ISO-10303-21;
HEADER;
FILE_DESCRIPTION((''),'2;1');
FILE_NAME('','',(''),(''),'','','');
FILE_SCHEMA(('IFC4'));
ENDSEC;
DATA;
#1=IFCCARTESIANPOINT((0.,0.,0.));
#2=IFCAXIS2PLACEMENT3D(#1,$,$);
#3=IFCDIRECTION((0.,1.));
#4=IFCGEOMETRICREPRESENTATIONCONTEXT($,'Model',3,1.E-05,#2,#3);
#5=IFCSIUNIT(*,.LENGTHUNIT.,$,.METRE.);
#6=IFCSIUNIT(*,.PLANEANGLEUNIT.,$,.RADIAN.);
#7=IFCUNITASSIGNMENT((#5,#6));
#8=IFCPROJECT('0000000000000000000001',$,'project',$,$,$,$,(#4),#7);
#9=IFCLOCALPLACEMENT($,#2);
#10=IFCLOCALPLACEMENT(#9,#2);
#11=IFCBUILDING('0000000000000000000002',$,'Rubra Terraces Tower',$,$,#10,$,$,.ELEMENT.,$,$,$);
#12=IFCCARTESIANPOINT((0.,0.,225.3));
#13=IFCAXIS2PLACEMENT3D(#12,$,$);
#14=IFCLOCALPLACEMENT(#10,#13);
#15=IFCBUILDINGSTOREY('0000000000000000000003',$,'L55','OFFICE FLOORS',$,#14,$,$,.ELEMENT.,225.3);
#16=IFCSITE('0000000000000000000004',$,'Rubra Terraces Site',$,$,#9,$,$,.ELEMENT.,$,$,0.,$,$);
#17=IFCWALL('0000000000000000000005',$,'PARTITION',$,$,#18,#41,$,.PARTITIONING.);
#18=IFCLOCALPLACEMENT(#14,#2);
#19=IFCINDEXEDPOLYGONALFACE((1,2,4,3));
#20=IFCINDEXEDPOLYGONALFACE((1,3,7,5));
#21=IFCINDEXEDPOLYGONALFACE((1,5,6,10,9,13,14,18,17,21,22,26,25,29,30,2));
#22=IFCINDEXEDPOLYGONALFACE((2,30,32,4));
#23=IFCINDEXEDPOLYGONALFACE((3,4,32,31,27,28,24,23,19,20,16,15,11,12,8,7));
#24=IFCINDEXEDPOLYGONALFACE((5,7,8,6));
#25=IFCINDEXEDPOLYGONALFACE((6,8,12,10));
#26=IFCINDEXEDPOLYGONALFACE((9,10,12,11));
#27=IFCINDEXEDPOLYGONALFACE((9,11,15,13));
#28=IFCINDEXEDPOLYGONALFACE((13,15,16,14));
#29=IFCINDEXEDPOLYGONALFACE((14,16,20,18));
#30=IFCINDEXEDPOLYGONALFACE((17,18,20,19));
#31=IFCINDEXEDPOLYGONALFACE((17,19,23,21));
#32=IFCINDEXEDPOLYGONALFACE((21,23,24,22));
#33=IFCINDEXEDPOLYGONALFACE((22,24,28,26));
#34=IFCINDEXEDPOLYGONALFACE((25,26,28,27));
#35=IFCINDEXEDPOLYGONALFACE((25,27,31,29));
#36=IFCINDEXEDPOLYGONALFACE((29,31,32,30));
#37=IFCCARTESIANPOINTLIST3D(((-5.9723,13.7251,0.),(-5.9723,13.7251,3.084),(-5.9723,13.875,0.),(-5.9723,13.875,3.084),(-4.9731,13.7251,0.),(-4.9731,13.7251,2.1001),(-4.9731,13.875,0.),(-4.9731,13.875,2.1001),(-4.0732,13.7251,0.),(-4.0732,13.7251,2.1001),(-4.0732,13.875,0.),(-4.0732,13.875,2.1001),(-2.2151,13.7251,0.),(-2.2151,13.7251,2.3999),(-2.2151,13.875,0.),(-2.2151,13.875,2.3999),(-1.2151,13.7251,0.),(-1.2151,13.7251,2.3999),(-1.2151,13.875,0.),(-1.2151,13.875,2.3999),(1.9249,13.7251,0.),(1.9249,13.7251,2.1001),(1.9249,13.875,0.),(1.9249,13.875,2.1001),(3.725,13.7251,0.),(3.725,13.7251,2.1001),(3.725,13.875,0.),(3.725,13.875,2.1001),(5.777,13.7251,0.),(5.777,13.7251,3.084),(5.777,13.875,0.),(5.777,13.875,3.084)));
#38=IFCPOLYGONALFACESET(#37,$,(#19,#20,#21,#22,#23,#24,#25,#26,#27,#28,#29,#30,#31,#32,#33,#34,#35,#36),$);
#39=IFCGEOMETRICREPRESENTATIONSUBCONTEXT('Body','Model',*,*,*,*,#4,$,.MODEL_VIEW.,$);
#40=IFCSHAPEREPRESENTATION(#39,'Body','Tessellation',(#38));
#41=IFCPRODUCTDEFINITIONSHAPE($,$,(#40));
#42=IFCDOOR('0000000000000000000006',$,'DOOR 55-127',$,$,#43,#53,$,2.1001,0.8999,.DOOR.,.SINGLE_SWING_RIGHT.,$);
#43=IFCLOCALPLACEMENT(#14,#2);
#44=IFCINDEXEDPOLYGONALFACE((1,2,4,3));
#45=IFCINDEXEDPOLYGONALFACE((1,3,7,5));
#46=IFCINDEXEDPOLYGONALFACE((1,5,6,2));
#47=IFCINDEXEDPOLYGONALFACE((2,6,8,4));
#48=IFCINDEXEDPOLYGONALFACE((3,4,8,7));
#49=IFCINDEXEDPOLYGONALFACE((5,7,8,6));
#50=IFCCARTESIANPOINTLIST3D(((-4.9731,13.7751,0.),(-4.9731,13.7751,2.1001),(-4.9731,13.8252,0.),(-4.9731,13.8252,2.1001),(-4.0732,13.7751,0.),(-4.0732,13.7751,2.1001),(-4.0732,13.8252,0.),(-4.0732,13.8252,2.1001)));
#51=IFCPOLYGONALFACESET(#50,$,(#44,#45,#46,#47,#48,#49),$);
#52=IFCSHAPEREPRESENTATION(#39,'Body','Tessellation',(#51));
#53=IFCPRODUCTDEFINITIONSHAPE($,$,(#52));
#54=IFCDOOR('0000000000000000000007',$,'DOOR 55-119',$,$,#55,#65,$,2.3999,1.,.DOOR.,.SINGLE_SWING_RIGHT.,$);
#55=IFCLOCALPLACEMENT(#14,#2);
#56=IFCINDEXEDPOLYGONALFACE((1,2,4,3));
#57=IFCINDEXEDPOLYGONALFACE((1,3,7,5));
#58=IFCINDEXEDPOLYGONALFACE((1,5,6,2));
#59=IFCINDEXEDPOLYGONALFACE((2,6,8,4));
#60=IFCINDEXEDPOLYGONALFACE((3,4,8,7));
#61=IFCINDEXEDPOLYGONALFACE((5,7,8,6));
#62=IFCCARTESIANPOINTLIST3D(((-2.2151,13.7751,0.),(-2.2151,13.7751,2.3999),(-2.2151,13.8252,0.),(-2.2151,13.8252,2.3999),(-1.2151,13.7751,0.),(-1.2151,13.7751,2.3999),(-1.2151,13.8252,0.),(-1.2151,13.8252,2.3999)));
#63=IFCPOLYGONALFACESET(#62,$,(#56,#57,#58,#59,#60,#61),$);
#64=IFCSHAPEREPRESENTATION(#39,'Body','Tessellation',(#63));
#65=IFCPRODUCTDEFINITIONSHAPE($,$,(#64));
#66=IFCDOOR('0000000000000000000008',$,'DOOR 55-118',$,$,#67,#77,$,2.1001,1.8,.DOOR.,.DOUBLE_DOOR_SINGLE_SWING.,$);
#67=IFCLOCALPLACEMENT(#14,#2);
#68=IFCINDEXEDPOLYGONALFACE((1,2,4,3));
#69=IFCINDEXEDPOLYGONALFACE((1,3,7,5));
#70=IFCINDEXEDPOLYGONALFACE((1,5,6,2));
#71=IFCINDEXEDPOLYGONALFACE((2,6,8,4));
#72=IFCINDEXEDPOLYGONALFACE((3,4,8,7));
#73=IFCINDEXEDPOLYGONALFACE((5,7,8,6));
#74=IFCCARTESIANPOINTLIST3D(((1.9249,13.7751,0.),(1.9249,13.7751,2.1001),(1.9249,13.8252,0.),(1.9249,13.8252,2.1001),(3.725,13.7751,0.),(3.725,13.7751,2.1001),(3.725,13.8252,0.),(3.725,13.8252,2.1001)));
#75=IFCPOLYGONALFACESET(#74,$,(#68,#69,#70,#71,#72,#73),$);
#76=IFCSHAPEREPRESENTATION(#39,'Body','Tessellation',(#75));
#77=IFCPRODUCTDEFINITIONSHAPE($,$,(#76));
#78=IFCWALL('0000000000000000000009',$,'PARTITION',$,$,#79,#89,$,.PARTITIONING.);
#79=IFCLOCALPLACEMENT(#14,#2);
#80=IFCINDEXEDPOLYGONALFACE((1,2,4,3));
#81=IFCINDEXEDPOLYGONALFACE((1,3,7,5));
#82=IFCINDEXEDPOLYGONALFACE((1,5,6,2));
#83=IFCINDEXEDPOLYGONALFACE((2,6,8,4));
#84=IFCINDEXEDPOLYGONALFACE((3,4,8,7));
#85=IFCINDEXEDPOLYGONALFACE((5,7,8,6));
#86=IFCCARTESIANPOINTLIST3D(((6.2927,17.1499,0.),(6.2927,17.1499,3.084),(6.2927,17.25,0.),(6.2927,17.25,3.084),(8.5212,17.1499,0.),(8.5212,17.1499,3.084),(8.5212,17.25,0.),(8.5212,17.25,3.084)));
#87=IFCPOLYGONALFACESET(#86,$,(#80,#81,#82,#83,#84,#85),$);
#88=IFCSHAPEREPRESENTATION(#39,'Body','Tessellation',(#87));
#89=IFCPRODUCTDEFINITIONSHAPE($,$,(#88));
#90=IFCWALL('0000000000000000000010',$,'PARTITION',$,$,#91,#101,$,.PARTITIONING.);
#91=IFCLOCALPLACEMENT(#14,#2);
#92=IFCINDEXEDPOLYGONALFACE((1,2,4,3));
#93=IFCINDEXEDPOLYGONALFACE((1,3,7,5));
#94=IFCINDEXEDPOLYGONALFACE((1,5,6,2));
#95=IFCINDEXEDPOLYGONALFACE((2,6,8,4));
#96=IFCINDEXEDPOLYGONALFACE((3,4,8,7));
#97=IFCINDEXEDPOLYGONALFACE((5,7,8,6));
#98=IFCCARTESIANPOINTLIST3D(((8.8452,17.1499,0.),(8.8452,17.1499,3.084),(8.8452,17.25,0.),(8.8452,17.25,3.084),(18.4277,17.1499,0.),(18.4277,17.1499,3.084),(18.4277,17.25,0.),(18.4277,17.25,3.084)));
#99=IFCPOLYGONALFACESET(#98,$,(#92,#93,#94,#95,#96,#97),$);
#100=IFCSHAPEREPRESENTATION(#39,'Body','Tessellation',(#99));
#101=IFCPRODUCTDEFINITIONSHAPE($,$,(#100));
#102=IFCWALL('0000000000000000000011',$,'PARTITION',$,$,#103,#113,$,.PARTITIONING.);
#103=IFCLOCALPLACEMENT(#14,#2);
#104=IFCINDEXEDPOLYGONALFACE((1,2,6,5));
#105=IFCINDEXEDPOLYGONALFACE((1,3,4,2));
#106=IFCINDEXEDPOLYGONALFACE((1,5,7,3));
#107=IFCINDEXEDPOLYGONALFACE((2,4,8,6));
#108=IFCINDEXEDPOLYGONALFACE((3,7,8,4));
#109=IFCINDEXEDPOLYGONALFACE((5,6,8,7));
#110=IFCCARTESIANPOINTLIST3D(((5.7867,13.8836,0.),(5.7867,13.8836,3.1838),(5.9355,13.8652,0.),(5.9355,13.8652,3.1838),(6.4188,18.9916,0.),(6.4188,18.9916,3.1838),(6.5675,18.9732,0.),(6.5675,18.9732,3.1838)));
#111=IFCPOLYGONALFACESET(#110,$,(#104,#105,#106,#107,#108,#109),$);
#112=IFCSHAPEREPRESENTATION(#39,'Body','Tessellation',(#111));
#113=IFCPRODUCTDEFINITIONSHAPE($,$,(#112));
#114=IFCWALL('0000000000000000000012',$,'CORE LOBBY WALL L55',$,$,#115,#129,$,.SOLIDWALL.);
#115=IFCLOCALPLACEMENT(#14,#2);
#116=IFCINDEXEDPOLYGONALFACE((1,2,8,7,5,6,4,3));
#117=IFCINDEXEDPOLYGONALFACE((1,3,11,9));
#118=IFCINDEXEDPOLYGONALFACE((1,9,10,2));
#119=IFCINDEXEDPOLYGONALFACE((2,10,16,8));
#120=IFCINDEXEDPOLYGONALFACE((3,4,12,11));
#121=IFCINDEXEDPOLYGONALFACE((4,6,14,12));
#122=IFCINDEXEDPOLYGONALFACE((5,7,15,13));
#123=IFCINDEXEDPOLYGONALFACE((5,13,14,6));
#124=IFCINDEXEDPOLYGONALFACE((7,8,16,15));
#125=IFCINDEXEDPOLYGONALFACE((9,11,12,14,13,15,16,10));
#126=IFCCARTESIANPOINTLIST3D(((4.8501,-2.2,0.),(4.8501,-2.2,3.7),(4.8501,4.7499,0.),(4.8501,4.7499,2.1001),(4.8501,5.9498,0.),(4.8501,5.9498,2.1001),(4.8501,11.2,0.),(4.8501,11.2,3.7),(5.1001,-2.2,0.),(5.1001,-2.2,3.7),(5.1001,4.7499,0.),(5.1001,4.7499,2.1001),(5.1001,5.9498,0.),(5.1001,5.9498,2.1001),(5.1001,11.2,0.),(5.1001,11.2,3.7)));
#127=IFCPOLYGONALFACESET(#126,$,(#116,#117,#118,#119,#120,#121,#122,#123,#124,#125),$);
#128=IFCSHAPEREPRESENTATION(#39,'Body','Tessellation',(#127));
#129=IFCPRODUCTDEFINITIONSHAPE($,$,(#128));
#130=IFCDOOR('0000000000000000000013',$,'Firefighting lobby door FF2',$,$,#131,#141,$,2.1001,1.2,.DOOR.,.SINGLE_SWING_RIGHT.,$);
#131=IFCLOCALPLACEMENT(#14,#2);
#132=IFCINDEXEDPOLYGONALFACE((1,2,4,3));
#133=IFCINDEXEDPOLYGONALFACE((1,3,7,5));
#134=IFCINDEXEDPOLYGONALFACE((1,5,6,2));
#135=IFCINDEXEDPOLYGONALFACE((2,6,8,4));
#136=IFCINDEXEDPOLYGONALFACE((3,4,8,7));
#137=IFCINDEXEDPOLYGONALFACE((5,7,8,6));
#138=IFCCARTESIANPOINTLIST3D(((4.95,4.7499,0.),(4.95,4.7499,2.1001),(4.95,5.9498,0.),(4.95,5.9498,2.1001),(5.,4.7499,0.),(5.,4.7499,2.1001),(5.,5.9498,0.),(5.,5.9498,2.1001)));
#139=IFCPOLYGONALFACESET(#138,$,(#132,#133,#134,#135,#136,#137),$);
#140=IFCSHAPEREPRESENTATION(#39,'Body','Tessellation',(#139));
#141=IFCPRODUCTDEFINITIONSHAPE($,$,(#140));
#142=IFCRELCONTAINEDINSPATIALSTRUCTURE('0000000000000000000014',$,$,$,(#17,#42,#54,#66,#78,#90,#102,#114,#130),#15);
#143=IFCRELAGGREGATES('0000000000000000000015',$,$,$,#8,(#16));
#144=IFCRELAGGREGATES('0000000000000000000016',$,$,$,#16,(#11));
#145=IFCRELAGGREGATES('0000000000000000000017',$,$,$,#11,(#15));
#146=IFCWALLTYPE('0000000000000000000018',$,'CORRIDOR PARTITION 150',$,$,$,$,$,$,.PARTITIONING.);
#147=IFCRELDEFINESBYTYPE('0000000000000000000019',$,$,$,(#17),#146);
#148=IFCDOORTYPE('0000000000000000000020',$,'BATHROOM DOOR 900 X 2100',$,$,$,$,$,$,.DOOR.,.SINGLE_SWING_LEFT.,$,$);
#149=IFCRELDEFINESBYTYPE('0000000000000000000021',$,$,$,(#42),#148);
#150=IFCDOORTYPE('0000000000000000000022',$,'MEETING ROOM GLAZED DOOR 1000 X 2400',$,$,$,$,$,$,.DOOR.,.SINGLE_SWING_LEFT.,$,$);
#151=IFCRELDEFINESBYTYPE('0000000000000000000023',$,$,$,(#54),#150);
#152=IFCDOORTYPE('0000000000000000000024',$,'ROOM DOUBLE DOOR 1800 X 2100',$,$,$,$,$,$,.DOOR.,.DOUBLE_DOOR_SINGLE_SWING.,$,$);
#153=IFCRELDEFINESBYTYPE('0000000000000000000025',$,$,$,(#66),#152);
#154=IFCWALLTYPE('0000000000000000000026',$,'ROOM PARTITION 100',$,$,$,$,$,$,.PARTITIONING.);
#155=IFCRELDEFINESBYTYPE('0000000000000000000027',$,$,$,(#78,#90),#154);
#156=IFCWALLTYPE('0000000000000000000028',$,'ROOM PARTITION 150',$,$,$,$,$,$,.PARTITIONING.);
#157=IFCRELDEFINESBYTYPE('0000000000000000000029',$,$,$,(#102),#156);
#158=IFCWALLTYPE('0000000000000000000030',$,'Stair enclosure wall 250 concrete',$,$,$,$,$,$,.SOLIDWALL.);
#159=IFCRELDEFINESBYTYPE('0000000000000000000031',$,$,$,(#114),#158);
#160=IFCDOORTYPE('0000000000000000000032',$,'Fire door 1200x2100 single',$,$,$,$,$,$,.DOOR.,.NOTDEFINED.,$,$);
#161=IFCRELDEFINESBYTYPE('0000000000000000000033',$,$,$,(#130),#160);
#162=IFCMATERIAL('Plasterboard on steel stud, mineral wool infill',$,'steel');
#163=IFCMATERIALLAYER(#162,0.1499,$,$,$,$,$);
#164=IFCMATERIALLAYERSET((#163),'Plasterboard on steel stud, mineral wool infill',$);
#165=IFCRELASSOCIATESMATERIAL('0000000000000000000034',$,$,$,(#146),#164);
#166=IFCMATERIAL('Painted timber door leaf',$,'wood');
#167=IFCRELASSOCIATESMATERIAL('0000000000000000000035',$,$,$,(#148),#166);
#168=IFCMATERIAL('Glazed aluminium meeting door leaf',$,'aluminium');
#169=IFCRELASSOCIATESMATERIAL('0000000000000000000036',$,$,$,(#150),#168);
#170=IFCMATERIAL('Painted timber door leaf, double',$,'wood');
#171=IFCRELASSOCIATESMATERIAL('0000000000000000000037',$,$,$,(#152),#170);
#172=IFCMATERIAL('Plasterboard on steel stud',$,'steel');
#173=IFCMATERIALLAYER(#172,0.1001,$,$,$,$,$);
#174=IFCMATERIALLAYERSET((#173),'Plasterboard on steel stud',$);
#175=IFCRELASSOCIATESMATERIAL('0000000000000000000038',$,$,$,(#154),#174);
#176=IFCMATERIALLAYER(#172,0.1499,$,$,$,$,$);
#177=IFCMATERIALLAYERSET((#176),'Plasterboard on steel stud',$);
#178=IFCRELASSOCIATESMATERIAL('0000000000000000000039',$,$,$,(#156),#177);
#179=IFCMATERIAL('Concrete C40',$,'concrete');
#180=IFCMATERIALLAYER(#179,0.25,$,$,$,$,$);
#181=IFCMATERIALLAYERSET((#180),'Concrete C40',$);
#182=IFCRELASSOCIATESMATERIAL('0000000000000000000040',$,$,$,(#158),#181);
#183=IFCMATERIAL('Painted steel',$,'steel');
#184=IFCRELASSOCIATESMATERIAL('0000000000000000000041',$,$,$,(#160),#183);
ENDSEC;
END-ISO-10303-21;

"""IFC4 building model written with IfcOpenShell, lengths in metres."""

from ifc_helpers import new_model, si_unit, direction, frame, frame_2d, origin, place, context, subcontext, project, spatial, rectangle, extrude, material, layer, layer_set, type_object, element, fill, save


model = new_model("IFC4")

# Units and contexts
model_context = context("Model", 3, precision=1e-05, world=origin(), true_north=direction((0.0, 1.0)))
body_context = subcontext(model_context, "Body", "Model", "MODEL_VIEW")
ifc_project = project(units=[si_unit("LENGTHUNIT", "METRE"), si_unit("PLANEANGLEUNIT", "RADIAN")], contexts=[model_context])

# Site, building, storey
site_placement = place(None, origin())
site = spatial("IfcSite", under=ifc_project, at=site_placement, Name="Rubra Terraces Site", CompositionType="ELEMENT", RefElevation=0.0)
building_placement = place(site_placement, origin())
building = spatial("IfcBuilding", under=site, at=building_placement, Name="Rubra Terraces Tower", CompositionType="ELEMENT")
storey_placement = place(building_placement, frame((0.0, 0.0, 225.3)))
storey = spatial("IfcBuildingStorey", under=building, at=storey_placement, Name="L55", Description="OFFICE FLOORS", CompositionType="ELEMENT", Elevation=225.3)

# Wall, openings, doors
ifc_material_1 = material(Name="Plasterboard on steel stud, mineral wool infill", Category="steel")
ifc_layer_1 = layer(ifc_material_1, 0.1499)
ifc_layer_set_1 = layer_set([ifc_layer_1], Name="Plasterboard on steel stud, mineral wool infill")
wall_type_1 = type_object("IfcWallType", Name="CORRIDOR PARTITION 150", PredefinedType="PARTITIONING", material=ifc_layer_set_1)
wall_1_placement = place(storey_placement, frame((5.7769, 13.8, 0.0), z_axis=(0.0, 0.0, 1.0), x_axis=(-1.0, 0.0, 0.0)))
wall_1 = element("IfcWall", 1, at=wall_1_placement, inside=storey, type_object=wall_type_1, Name="PARTITION", PredefinedType="PARTITIONING", context=body_context, shape_type="SweptSolid", body=[
    extrude(rectangle(XDim=11.7493, YDim=0.1499, at=frame_2d((5.8745, 0.0))), origin(), (0.0, 0.0, 1.0), 3.084),
])
opening_1_placement = place(wall_1_placement, frame((2.052, 0.0, 0.0)))
opening_1 = element("IfcOpeningElement", 2, at=opening_1_placement, cuts=wall_1, PredefinedType="OPENING", context=body_context, shape_type="SweptSolid", body=[
    extrude(rectangle(XDim=1.8, YDim=2.1001, at=frame_2d((0.8999, 1.05))), frame((0.0, 0.085, 0.0), z_axis=(0.0, -1.0, 0.0), x_axis=(1.0, 0.0, 0.0)), (0.0, 0.0, 1.0), 0.1699),
])
opening_2_placement = place(wall_1_placement, frame((6.9919, 0.0, 0.0)))
opening_2 = element("IfcOpeningElement", 3, at=opening_2_placement, cuts=wall_1, PredefinedType="OPENING", context=body_context, shape_type="SweptSolid", body=[
    extrude(rectangle(XDim=1.0, YDim=2.3999, at=frame_2d((0.5, 1.2))), frame((0.0, 0.085, 0.0), z_axis=(0.0, -1.0, 0.0), x_axis=(1.0, 0.0, 0.0)), (0.0, 0.0, 1.0), 0.1699),
])
opening_3_placement = place(wall_1_placement, frame((9.8501, 0.0, 0.0)))
opening_3 = element("IfcOpeningElement", 4, at=opening_3_placement, cuts=wall_1, PredefinedType="OPENING", context=body_context, shape_type="SweptSolid", body=[
    extrude(rectangle(XDim=0.8999, YDim=2.1001, at=frame_2d((0.45, 1.05))), frame((0.0, 0.085, 0.0), z_axis=(0.0, -1.0, 0.0), x_axis=(1.0, 0.0, 0.0)), (0.0, 0.0, 1.0), 0.1699),
])
ifc_material_2 = material(Name="Painted timber door leaf", Category="wood")
door_type_1 = type_object("IfcDoorType", Name="BATHROOM DOOR 900 X 2100", OperationType="SINGLE_SWING_LEFT", PredefinedType="DOOR", material=ifc_material_2)
door_1_placement = place(opening_3_placement, origin())
door_1 = element("IfcDoor", 5, at=door_1_placement, inside=storey, type_object=door_type_1, Name="DOOR 55-127", OperationType="SINGLE_SWING_RIGHT", OverallHeight=2.1001, OverallWidth=0.8999, PredefinedType="DOOR", context=body_context, shape_type="SweptSolid", body=[
    extrude(rectangle(XDim=0.8999, YDim=2.1001, at=frame_2d((0.45, 1.05))), frame((0.0, 0.0249, 0.0), z_axis=(0.0, -1.0, 0.0), x_axis=(1.0, 0.0, 0.0)), (0.0, 0.0, 1.0), 0.05),
])
fill(opening_3, door_1)
ifc_material_3 = material(Name="Glazed aluminium meeting door leaf", Category="aluminium")
door_type_2 = type_object("IfcDoorType", Name="MEETING ROOM GLAZED DOOR 1000 X 2400", OperationType="SINGLE_SWING_LEFT", PredefinedType="DOOR", material=ifc_material_3)
door_2_placement = place(opening_2_placement, origin())
door_2 = element("IfcDoor", 6, at=door_2_placement, inside=storey, type_object=door_type_2, Name="DOOR 55-119", OperationType="SINGLE_SWING_RIGHT", OverallHeight=2.3999, OverallWidth=1.0, PredefinedType="DOOR", context=body_context, shape_type="SweptSolid", body=[
    extrude(rectangle(XDim=1.0, YDim=2.3999, at=frame_2d((0.5, 1.2))), frame((0.0, 0.0249, 0.0), z_axis=(0.0, -1.0, 0.0), x_axis=(1.0, 0.0, 0.0)), (0.0, 0.0, 1.0), 0.05),
])
fill(opening_2, door_2)
ifc_material_4 = material(Name="Painted timber door leaf, double", Category="wood")
door_type_3 = type_object("IfcDoorType", Name="ROOM DOUBLE DOOR 1800 X 2100", OperationType="DOUBLE_DOOR_SINGLE_SWING", PredefinedType="DOOR", material=ifc_material_4)
door_3_placement = place(opening_1_placement, origin())
door_3 = element("IfcDoor", 7, at=door_3_placement, inside=storey, type_object=door_type_3, Name="DOOR 55-118", OperationType="DOUBLE_DOOR_SINGLE_SWING", OverallHeight=2.1001, OverallWidth=1.8, PredefinedType="DOOR", context=body_context, shape_type="SweptSolid", body=[
    extrude(rectangle(XDim=1.8, YDim=2.1001, at=frame_2d((0.8999, 1.05))), frame((0.0, 0.0249, 0.0), z_axis=(0.0, -1.0, 0.0), x_axis=(1.0, 0.0, 0.0)), (0.0, 0.0, 1.0), 0.05),
])
fill(opening_1, door_3)

# Walls
ifc_material_5 = material(Name="Plasterboard on steel stud", Category="steel")
ifc_layer_2 = layer(ifc_material_5, 0.1001)
ifc_layer_set_2 = layer_set([ifc_layer_2], Name="Plasterboard on steel stud")
wall_type_2 = type_object("IfcWallType", Name="ROOM PARTITION 100", PredefinedType="PARTITIONING", material=ifc_layer_set_2)
wall_2_placement = place(storey_placement, frame((6.2927, 17.2, 0.0), z_axis=(0.0, 0.0, 1.0), x_axis=(1.0, 0.0, 0.0)))
element("IfcWall", 8, at=wall_2_placement, inside=storey, type_object=wall_type_2, Name="PARTITION", PredefinedType="PARTITIONING", context=body_context, shape_type="SweptSolid", body=[
    extrude(rectangle(XDim=2.2285, YDim=0.1001, at=frame_2d((1.1143, 0.0))), origin(), (0.0, 0.0, 1.0), 3.084),
])
wall_3_placement = place(storey_placement, frame((8.8452, 17.2, 0.0), z_axis=(0.0, 0.0, 1.0), x_axis=(1.0, 0.0, 0.0)))
element("IfcWall", 9, at=wall_3_placement, inside=storey, type_object=wall_type_2, Name="PARTITION", PredefinedType="PARTITIONING", context=body_context, shape_type="SweptSolid", body=[
    extrude(rectangle(XDim=9.5825, YDim=0.1001, at=frame_2d((4.7913, 0.0))), origin(), (0.0, 0.0, 1.0), 3.084),
])
ifc_layer_3 = layer(ifc_material_5, 0.1499)
ifc_layer_set_3 = layer_set([ifc_layer_3], Name="Plasterboard on steel stud")
wall_type_3 = type_object("IfcWallType", Name="ROOM PARTITION 150", PredefinedType="PARTITIONING", material=ifc_layer_set_3)
wall_4_placement = place(storey_placement, frame((6.4932, 18.9824, 0.0), z_axis=(0.0, 0.0, 1.0), x_axis=(-0.122809, -0.99243, 0.0)))
element("IfcWall", 10, at=wall_4_placement, inside=storey, type_object=wall_type_3, Name="PARTITION", PredefinedType="PARTITIONING", context=body_context, shape_type="SweptSolid", body=[
    extrude(rectangle(XDim=5.147, YDim=0.1499, at=frame_2d((2.5735, 0.0))), origin(), (0.0, 0.0, 1.0), 3.1838),
])

# Wall, opening, door
ifc_material_6 = material(Name="Concrete C40", Category="concrete")
ifc_layer_4 = layer(ifc_material_6, 0.25)
ifc_layer_set_4 = layer_set([ifc_layer_4], Name="Concrete C40")
wall_type_4 = type_object("IfcWallType", Name="Stair enclosure wall 250 concrete", PredefinedType="SOLIDWALL", material=ifc_layer_set_4)
wall_5_placement = place(storey_placement, frame((4.9751, 11.2, 0.0), z_axis=(0.0, 0.0, 1.0), x_axis=(0.0, -1.0, 0.0)))
wall_5 = element("IfcWall", 11, at=wall_5_placement, inside=storey, type_object=wall_type_4, Name="CORE LOBBY WALL L55", PredefinedType="SOLIDWALL", context=body_context, shape_type="SweptSolid", body=[
    extrude(rectangle(XDim=13.3999, YDim=0.25, at=frame_2d((6.7, 0.0))), origin(), (0.0, 0.0, 1.0), 3.7),
])
opening_4_placement = place(wall_5_placement, frame((5.25, 0.0, 0.0)))
opening_4 = element("IfcOpeningElement", 12, at=opening_4_placement, cuts=wall_5, PredefinedType="OPENING", context=body_context, shape_type="SweptSolid", body=[
    extrude(rectangle(XDim=1.2, YDim=2.1001, at=frame_2d((0.6001, 1.05))), frame((0.0, 0.135, 0.0), z_axis=(0.0, -1.0, 0.0), x_axis=(1.0, 0.0, 0.0)), (0.0, 0.0, 1.0), 0.27),
])
ifc_material_7 = material(Name="Painted steel", Category="steel")
door_type_4 = type_object("IfcDoorType", Name="Fire door 1200x2100 single", OperationType="NOTDEFINED", PredefinedType="DOOR", material=ifc_material_7)
door_4_placement = place(opening_4_placement, origin())
door_4 = element("IfcDoor", 13, at=door_4_placement, inside=storey, type_object=door_type_4, Name="Firefighting lobby door FF2", OperationType="SINGLE_SWING_RIGHT", OverallHeight=2.1001, OverallWidth=1.2, PredefinedType="DOOR", context=body_context, shape_type="SweptSolid", body=[
    extrude(rectangle(XDim=1.2, YDim=2.1001, at=frame_2d((0.6001, 1.05))), frame((0.0, 0.0249, 0.0), z_axis=(0.0, -1.0, 0.0), x_axis=(1.0, 0.0, 0.0)), (0.0, 0.0, 1.0), 0.05),
])
fill(opening_4, door_4)

save(model, "model.ifc")
